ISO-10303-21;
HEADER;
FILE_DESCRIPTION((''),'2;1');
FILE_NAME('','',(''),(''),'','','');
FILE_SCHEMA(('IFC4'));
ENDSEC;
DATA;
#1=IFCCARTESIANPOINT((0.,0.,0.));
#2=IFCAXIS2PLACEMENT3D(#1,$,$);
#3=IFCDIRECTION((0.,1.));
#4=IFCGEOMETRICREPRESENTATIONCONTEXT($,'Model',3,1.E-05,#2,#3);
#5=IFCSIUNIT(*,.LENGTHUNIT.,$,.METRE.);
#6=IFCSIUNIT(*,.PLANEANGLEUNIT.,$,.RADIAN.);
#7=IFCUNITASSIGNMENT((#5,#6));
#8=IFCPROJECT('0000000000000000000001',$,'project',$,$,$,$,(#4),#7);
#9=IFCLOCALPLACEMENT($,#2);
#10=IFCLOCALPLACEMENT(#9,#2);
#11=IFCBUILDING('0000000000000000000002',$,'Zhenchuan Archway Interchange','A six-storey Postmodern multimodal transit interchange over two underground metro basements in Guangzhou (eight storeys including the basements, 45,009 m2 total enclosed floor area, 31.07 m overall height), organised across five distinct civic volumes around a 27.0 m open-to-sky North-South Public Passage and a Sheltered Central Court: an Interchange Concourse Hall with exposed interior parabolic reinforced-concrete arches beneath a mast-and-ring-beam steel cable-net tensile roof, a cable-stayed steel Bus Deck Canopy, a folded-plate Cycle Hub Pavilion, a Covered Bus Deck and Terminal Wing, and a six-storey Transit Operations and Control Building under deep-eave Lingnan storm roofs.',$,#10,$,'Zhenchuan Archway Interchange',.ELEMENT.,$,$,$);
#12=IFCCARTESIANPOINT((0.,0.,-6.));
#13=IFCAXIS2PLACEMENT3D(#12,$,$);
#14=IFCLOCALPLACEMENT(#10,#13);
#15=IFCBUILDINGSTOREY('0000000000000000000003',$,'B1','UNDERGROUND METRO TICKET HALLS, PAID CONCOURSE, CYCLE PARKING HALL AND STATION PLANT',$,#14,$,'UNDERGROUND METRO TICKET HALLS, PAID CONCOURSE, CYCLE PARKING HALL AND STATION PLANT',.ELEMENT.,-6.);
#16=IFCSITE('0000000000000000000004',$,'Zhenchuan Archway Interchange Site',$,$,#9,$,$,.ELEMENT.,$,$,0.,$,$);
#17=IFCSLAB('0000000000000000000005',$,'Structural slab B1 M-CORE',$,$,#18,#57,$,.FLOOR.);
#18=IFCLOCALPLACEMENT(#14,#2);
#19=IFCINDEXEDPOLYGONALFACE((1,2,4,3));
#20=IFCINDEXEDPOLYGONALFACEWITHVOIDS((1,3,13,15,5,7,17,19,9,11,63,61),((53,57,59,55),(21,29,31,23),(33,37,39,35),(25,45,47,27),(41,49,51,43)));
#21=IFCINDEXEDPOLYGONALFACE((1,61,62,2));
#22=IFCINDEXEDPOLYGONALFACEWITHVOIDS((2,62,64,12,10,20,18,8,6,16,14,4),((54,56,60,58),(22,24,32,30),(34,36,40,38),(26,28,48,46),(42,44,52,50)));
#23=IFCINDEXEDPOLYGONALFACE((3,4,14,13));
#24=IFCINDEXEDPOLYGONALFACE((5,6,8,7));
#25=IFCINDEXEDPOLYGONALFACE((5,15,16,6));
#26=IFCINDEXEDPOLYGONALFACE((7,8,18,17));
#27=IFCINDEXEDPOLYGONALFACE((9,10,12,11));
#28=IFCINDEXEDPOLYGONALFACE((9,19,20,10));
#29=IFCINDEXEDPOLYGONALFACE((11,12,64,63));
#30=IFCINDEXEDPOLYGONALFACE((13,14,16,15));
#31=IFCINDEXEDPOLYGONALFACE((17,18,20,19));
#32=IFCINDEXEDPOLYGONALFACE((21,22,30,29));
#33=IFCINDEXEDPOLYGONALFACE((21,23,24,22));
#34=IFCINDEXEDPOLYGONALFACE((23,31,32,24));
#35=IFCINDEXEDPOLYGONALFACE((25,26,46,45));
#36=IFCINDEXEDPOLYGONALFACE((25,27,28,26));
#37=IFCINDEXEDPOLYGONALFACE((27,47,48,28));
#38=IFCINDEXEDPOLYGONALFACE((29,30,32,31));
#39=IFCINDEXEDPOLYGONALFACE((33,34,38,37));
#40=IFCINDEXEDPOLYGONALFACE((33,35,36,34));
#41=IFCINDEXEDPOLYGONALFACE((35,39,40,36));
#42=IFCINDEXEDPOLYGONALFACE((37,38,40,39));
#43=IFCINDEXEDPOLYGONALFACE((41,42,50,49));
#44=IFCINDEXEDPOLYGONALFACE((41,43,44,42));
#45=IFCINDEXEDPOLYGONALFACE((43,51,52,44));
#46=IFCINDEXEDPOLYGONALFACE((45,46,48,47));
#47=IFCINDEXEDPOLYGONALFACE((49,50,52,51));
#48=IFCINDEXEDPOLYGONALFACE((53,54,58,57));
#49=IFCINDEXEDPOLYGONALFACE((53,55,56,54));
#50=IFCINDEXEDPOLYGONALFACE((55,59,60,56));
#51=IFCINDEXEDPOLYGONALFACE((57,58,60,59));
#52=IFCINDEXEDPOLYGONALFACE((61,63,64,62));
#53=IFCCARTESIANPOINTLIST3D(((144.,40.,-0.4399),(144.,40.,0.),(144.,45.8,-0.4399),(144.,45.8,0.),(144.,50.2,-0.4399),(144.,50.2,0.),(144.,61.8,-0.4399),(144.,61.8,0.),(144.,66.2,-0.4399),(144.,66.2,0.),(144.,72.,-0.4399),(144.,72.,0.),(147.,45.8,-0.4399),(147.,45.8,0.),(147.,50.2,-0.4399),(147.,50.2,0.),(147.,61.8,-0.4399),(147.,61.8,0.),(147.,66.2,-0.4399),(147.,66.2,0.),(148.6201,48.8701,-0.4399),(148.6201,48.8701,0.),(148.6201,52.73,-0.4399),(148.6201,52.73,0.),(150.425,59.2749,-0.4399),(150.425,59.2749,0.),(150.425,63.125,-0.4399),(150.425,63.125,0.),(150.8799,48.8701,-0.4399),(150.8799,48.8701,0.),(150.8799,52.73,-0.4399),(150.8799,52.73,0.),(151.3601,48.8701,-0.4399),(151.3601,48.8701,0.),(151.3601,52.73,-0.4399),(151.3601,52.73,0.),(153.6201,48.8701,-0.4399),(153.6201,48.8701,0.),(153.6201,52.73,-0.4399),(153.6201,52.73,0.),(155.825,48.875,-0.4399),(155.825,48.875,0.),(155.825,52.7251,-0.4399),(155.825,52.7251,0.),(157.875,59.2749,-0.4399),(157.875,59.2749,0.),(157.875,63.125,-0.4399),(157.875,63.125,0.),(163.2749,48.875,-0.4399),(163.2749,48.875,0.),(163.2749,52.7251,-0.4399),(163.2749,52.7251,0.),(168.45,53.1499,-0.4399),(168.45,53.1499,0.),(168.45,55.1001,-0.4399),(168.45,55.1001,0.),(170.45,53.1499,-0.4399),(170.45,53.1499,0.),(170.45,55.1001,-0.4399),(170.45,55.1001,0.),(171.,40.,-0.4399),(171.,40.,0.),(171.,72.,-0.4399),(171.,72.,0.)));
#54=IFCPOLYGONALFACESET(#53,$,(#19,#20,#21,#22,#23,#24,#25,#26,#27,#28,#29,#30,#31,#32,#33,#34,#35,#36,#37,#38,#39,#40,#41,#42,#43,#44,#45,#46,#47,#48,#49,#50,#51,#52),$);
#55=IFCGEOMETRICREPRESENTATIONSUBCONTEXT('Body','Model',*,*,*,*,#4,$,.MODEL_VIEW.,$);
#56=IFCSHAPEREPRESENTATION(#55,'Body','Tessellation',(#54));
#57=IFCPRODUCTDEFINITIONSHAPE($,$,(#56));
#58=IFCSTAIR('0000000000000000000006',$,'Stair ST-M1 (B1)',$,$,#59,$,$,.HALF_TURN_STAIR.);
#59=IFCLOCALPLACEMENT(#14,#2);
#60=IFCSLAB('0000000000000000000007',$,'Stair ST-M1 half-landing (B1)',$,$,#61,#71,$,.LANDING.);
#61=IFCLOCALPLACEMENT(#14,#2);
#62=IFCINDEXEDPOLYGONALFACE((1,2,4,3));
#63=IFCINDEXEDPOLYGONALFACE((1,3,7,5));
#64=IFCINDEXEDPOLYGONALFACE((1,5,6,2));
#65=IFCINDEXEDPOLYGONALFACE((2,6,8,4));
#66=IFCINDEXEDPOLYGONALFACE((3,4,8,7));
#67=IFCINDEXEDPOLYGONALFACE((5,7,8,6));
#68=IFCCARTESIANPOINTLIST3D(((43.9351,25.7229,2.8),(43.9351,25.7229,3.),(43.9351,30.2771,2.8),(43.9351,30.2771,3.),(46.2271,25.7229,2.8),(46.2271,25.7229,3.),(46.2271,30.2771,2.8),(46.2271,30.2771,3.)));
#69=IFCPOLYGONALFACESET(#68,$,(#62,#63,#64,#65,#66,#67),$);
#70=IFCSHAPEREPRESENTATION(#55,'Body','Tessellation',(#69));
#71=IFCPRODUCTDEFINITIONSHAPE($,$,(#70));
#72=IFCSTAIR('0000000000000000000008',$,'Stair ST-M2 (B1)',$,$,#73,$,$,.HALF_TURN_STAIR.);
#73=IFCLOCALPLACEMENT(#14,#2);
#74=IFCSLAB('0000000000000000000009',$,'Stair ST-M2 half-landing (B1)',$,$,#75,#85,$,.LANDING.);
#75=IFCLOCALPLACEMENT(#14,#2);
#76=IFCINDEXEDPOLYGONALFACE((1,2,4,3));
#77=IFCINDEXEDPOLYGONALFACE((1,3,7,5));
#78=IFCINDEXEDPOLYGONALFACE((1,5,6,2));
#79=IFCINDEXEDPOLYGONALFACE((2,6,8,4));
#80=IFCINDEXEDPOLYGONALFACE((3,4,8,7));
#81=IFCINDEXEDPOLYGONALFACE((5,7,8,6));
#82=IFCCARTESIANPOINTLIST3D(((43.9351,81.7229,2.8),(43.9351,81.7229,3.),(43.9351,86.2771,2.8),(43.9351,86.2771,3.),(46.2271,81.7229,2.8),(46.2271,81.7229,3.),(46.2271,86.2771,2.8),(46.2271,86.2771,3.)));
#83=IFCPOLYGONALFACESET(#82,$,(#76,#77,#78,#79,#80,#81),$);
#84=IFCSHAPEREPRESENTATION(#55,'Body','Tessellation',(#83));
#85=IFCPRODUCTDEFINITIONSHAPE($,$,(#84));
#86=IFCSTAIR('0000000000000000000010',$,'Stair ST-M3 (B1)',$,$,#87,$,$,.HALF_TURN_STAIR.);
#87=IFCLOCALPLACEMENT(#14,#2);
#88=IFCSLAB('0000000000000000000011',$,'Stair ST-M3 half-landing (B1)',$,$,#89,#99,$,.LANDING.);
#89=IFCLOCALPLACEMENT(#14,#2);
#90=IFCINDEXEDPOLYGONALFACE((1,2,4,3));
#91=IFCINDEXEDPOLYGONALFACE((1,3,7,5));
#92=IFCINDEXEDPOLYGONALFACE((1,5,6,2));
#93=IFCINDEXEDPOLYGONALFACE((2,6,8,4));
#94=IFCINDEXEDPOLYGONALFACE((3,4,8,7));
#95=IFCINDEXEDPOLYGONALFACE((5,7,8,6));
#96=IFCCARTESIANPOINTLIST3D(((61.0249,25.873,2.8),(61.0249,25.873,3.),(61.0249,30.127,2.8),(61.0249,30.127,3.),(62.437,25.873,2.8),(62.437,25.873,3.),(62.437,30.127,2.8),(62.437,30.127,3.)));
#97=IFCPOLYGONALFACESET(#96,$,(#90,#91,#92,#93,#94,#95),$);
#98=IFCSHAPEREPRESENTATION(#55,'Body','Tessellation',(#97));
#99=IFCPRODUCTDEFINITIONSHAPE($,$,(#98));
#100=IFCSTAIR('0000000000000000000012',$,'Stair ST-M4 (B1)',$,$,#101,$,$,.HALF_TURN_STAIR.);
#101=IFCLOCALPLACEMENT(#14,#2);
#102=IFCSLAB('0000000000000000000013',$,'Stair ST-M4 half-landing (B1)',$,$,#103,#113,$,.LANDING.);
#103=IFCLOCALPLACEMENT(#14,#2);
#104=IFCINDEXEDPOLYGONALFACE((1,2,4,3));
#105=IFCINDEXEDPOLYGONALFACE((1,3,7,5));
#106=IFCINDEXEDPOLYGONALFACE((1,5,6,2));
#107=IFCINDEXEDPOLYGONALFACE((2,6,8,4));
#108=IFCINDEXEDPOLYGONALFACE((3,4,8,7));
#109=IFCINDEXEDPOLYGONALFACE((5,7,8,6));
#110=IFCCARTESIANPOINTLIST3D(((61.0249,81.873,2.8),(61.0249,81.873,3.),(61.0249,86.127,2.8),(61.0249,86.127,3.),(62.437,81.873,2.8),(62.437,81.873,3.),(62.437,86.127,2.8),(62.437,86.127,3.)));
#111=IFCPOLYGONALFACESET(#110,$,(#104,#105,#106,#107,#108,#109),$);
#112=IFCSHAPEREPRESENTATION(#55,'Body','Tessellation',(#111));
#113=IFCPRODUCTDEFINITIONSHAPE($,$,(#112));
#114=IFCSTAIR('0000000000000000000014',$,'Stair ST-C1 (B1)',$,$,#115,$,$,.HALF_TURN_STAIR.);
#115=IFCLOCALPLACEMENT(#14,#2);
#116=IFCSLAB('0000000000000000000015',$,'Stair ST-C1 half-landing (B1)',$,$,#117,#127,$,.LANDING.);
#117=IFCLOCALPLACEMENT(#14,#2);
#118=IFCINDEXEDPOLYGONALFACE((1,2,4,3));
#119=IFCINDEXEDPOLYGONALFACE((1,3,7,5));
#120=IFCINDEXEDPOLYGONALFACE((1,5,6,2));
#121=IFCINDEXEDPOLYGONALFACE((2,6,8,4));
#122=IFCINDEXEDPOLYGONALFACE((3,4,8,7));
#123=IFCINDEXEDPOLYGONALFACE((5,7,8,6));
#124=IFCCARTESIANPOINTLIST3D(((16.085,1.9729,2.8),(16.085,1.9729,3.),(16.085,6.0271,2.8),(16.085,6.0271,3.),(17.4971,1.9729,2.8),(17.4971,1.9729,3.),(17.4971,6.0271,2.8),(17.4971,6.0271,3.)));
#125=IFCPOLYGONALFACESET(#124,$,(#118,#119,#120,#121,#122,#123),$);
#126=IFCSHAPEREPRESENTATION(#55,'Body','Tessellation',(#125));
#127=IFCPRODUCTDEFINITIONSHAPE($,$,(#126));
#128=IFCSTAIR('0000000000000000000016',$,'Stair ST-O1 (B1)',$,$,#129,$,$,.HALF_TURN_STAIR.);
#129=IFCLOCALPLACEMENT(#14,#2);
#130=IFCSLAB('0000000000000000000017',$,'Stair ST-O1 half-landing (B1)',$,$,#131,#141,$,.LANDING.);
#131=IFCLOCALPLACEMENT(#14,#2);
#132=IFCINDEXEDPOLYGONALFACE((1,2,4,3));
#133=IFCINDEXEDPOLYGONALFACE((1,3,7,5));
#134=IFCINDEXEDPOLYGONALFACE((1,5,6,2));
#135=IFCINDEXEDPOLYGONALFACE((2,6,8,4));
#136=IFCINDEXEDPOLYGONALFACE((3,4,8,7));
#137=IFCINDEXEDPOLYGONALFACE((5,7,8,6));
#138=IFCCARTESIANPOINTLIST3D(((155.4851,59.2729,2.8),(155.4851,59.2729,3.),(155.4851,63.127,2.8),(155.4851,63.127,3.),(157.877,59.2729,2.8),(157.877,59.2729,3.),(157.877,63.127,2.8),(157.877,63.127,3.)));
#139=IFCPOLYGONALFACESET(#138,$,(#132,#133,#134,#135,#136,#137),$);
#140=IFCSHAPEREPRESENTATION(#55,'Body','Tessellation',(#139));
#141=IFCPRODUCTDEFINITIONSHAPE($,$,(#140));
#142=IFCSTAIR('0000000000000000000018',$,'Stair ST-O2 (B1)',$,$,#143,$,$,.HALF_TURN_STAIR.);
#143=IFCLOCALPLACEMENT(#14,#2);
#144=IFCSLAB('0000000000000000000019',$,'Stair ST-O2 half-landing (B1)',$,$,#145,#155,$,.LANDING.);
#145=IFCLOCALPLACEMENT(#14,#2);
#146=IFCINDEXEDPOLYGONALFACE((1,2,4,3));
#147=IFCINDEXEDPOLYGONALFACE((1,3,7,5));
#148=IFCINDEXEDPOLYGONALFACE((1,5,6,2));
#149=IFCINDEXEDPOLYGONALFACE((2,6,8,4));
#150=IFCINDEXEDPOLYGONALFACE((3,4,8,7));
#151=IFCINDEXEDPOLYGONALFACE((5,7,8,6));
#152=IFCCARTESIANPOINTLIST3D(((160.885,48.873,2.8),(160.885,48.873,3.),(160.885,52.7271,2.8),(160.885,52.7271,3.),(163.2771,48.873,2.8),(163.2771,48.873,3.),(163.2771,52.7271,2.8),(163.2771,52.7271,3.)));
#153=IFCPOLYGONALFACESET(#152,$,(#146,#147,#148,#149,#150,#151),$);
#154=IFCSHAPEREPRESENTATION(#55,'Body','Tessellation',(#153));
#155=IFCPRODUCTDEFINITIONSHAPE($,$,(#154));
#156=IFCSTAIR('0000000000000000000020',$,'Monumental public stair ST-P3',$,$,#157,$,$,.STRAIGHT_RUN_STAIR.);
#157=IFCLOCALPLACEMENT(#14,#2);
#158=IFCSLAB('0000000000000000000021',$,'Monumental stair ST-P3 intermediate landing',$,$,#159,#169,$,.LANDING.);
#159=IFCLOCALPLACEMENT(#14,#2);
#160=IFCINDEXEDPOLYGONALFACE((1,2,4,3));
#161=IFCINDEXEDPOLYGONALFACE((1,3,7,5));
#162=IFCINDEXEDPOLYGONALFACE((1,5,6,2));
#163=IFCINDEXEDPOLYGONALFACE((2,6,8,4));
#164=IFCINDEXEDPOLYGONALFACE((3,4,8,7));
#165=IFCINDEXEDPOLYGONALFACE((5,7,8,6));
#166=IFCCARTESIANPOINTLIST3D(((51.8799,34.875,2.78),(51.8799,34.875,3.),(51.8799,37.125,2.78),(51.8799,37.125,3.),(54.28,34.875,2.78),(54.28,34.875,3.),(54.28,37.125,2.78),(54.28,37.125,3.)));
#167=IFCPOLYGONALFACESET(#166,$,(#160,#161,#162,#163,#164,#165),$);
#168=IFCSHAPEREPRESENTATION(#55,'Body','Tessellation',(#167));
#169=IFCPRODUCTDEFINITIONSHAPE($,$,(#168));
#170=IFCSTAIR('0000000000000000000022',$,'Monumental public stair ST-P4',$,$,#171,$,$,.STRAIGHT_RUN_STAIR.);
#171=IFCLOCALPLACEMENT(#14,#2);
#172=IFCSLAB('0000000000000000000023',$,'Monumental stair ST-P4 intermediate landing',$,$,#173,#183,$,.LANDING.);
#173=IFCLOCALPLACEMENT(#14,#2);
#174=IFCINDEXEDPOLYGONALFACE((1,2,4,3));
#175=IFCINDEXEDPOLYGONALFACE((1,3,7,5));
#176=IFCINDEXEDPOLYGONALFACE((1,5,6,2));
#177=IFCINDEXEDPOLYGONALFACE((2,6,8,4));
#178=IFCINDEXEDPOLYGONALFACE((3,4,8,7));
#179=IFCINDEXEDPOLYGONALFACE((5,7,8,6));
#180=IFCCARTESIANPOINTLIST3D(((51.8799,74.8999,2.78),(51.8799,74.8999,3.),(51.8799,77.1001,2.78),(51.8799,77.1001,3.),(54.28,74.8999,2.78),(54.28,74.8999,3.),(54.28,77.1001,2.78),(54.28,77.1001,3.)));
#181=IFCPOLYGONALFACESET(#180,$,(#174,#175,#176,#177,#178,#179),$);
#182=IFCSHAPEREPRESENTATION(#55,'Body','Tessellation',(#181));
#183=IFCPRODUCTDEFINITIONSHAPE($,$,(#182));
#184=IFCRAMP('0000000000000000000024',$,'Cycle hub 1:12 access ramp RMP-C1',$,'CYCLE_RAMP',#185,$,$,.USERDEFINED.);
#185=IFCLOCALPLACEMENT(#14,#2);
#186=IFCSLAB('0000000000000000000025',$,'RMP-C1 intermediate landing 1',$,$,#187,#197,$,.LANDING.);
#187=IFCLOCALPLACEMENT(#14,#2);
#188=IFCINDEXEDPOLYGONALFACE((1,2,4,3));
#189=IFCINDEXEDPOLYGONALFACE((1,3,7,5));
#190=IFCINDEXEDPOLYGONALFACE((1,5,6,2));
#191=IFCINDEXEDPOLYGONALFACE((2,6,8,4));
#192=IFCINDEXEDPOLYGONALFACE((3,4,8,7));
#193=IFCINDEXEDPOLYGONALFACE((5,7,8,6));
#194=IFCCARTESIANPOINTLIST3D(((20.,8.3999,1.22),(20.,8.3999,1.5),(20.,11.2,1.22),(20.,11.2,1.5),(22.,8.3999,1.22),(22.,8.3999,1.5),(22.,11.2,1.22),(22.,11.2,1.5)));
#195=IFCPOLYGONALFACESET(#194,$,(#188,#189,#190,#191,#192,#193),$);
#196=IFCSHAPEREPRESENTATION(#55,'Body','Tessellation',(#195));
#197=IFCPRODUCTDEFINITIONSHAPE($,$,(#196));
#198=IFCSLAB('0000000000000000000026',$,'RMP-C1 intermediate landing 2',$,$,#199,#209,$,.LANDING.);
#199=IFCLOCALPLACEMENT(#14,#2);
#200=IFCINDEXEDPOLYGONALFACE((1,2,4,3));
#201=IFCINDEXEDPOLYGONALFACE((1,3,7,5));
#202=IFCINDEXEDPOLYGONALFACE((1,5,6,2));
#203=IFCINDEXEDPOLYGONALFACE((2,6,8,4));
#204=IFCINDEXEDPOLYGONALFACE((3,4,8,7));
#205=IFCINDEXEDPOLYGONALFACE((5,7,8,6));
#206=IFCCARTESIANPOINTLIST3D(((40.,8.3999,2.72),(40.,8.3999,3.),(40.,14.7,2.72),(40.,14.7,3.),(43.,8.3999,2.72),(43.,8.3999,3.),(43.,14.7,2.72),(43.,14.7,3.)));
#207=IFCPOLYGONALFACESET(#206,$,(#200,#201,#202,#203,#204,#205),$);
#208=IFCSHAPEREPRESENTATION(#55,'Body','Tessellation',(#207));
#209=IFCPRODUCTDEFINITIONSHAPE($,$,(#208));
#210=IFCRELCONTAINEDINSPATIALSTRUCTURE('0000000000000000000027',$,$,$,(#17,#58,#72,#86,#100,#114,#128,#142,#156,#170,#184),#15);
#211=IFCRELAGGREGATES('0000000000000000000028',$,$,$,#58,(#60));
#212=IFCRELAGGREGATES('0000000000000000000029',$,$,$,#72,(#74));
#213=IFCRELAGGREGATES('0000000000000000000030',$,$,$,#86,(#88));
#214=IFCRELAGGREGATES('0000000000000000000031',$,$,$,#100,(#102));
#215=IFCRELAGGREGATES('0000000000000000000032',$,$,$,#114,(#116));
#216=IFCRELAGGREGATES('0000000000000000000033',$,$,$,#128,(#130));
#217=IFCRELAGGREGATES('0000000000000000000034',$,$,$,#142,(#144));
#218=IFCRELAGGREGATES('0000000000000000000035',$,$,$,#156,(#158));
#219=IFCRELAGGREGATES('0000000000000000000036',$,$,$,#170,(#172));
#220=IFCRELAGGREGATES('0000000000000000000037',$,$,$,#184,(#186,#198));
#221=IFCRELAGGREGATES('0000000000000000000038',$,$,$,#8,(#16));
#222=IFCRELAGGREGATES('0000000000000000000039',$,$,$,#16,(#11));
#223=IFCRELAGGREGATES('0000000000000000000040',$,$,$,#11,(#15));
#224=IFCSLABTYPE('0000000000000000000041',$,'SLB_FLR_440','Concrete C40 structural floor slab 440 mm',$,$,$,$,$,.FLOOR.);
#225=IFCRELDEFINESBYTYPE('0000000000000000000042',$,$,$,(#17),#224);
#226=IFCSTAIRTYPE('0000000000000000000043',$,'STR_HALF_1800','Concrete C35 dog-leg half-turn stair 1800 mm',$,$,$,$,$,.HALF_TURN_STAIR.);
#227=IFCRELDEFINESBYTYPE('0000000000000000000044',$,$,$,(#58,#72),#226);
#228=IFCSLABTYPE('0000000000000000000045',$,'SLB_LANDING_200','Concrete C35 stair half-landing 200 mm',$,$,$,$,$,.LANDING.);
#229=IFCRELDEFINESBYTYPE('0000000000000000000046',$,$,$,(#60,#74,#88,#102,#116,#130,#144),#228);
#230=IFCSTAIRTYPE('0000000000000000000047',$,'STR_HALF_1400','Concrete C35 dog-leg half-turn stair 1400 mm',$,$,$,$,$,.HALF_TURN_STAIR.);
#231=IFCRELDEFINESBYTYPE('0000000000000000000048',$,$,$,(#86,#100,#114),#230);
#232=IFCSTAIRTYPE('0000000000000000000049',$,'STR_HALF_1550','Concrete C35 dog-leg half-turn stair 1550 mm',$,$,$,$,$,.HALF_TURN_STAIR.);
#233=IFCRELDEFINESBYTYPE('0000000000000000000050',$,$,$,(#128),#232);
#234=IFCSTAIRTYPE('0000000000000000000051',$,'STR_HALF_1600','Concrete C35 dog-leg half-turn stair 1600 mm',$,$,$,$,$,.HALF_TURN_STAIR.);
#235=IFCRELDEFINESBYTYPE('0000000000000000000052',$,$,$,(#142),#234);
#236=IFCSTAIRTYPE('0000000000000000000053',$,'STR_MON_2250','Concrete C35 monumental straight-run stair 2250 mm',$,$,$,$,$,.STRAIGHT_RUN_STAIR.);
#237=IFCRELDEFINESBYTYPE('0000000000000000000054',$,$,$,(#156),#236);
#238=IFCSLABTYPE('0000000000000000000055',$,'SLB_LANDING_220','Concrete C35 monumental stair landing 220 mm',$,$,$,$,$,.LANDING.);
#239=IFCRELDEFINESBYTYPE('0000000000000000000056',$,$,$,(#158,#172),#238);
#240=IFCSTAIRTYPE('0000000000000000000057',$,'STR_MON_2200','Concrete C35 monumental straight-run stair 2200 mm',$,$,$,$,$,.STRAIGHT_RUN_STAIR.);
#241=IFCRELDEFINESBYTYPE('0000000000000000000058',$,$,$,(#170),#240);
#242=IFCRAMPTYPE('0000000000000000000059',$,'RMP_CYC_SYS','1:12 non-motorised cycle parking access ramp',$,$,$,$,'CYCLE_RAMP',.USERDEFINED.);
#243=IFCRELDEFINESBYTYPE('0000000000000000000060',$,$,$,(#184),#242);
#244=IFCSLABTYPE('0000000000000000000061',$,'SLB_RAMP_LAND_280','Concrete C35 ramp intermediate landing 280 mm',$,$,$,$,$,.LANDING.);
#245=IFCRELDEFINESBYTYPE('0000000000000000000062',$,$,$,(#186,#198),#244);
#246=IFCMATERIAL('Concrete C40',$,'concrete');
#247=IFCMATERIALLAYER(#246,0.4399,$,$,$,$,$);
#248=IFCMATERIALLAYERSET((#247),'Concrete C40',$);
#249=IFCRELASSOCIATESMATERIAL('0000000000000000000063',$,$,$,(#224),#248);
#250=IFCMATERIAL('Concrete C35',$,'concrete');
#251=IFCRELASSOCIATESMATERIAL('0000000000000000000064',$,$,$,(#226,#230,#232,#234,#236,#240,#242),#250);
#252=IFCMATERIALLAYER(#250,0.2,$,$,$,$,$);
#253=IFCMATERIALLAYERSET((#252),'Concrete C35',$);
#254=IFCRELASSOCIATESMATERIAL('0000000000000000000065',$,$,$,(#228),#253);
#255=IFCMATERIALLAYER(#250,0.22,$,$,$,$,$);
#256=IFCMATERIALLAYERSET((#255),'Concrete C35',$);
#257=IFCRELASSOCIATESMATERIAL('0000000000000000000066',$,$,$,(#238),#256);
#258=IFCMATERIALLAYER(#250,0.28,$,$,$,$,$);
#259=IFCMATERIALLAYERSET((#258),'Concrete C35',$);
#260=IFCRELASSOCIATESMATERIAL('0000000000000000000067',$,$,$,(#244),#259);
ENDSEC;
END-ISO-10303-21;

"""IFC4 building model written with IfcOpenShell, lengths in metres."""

from ifc_helpers import new_model, si_unit, direction, frame, origin, place, context, subcontext, project, spatial, polyline, outline, extrude, material, layer, layer_set, type_object, element, aggregate, save


model = new_model("IFC4")

# Units and contexts
model_context = context("Model", 3, precision=1e-05, world=origin(), true_north=direction((0.0, 1.0)))
body_context = subcontext(model_context, "Body", "Model", "MODEL_VIEW")
ifc_project = project(units=[si_unit("LENGTHUNIT", "METRE"), si_unit("PLANEANGLEUNIT", "RADIAN")], contexts=[model_context])

# Site, building, storey
site_placement = place(None, origin())
site = spatial("IfcSite", under=ifc_project, at=site_placement, Name="Zhenchuan Archway Interchange Site", CompositionType="ELEMENT", RefElevation=0.0)
building_placement = place(site_placement, origin())
building = spatial("IfcBuilding", under=site, at=building_placement, Name="Zhenchuan Archway Interchange", Description="A six-storey Postmodern multimodal transit interchange over two underground metro basements in Guangzhou (eight storeys including the basements, 45,009 m2 total enclosed floor area, 31.07 m overall height), organised across five distinct civic volumes around a 27.0 m open-to-sky North-South Public Passage and a Sheltered Central Court: an Interchange Concourse Hall with exposed interior parabolic reinforced-concrete arches beneath a mast-and-ring-beam steel cable-net tensile roof, a cable-stayed steel Bus Deck Canopy, a folded-plate Cycle Hub Pavilion, a Covered Bus Deck and Terminal Wing, and a six-storey Transit Operations and Control Building under deep-eave Lingnan storm roofs.", LongName="Zhenchuan Archway Interchange", CompositionType="ELEMENT")
storey_placement = place(building_placement, frame((0.0, 0.0, -6.0)))
storey = spatial("IfcBuildingStorey", under=building, at=storey_placement, Name="B1", Description="UNDERGROUND METRO TICKET HALLS, PAID CONCOURSE, CYCLE PARKING HALL AND STATION PLANT", LongName="UNDERGROUND METRO TICKET HALLS, PAID CONCOURSE, CYCLE PARKING HALL AND STATION PLANT", CompositionType="ELEMENT", Elevation=-6.0)

# Shared definitions
ifc_material_1 = material(Name="Concrete C40", Category="concrete")

# Shared definitions
ifc_material_2 = material(Name="Concrete C35", Category="concrete")

# Slab
ifc_layer_1 = layer(ifc_material_1, 0.4399)
ifc_layer_set_1 = layer_set([ifc_layer_1], Name="Concrete C40")
slab_type_1 = type_object("IfcSlabType", Name="SLB_FLR_440", Description="Concrete C40 structural floor slab 440 mm", PredefinedType="FLOOR", material=ifc_layer_set_1)
slab_1_placement = place(storey_placement, frame((0.0, 0.0, -0.4399)))
element("IfcSlab", 1, at=slab_1_placement, inside=storey, type_object=slab_type_1, Name="Structural slab B1 M-CORE", PredefinedType="FLOOR", context=body_context, shape_type="SweptSolid", body=[
    extrude(outline(polyline([(147.0, 50.2), (144.0, 50.2), (144.0, 61.8), (147.0, 61.8), (147.0, 66.2), (144.0, 66.2), (144.0, 72.0), (171.0, 72.0), (171.0, 40.0), (144.0, 40.0), (144.0, 45.8), (147.0, 45.8), (147.0, 50.2)]), holes=[polyline([(157.875, 59.2749), (157.875, 63.125), (150.425, 63.125), (150.425, 59.2749), (157.875, 59.2749)]), polyline([(155.825, 48.875), (163.2749, 48.875), (163.2749, 52.7251), (155.825, 52.7251), (155.825, 48.875)]), polyline([(148.6201, 52.73), (148.6201, 48.8701), (150.8799, 48.8701), (150.8799, 52.73), (148.6201, 52.73)]), polyline([(153.6201, 52.73), (151.3601, 52.73), (151.3601, 48.8701), (153.6201, 48.8701), (153.6201, 52.73)]), polyline([(170.45, 53.1499), (170.45, 55.1001), (168.45, 55.1001), (168.45, 53.1499), (170.45, 53.1499)])]), origin(), (0.0, 0.0, 1.0), 0.4399),
])

# Stairs, slabs
stair_type_1 = type_object("IfcStairType", Name="STR_HALF_1800", Description="Concrete C35 dog-leg half-turn stair 1800 mm", PredefinedType="HALF_TURN_STAIR", material=ifc_material_2)
stair_1_placement = place(storey_placement, origin())
stair_1 = element("IfcStair", 2, at=stair_1_placement, inside=storey, type_object=stair_type_1, Name="Stair ST-M1 (B1)", PredefinedType="HALF_TURN_STAIR")
ifc_layer_2 = layer(ifc_material_2, 0.2)
ifc_layer_set_2 = layer_set([ifc_layer_2], Name="Concrete C35")
slab_type_2 = type_object("IfcSlabType", Name="SLB_LANDING_200", Description="Concrete C35 stair half-landing 200 mm", PredefinedType="LANDING", material=ifc_layer_set_2)
slab_2_placement = place(storey_placement, frame((0.0, 0.0, 2.8)))
slab_2 = element("IfcSlab", 3, at=slab_2_placement, type_object=slab_type_2, Name="Stair ST-M1 half-landing (B1)", PredefinedType="LANDING", context=body_context, shape_type="SweptSolid", body=[
    extrude(outline(polyline([(43.9351, 25.7229), (46.2271, 25.7229), (46.2271, 30.2771), (43.9351, 30.2771), (43.9351, 25.7229)])), origin(), (0.0, 0.0, 1.0), 0.2),
])
aggregate(stair_1, [slab_2])
stair_2_placement = place(storey_placement, origin())
stair_2 = element("IfcStair", 4, at=stair_2_placement, inside=storey, type_object=stair_type_1, Name="Stair ST-M2 (B1)", PredefinedType="HALF_TURN_STAIR")
slab_3_placement = place(storey_placement, frame((0.0, 0.0, 2.8)))
slab_3 = element("IfcSlab", 5, at=slab_3_placement, type_object=slab_type_2, Name="Stair ST-M2 half-landing (B1)", PredefinedType="LANDING", context=body_context, shape_type="SweptSolid", body=[
    extrude(outline(polyline([(43.9351, 81.7229), (46.2271, 81.7229), (46.2271, 86.2771), (43.9351, 86.2771), (43.9351, 81.7229)])), origin(), (0.0, 0.0, 1.0), 0.2),
])
aggregate(stair_2, [slab_3])
stair_type_2 = type_object("IfcStairType", Name="STR_HALF_1400", Description="Concrete C35 dog-leg half-turn stair 1400 mm", PredefinedType="HALF_TURN_STAIR", material=ifc_material_2)
stair_3_placement = place(storey_placement, origin())
stair_3 = element("IfcStair", 6, at=stair_3_placement, inside=storey, type_object=stair_type_2, Name="Stair ST-M3 (B1)", PredefinedType="HALF_TURN_STAIR")
slab_4_placement = place(storey_placement, frame((0.0, 0.0, 2.8)))
slab_4 = element("IfcSlab", 7, at=slab_4_placement, type_object=slab_type_2, Name="Stair ST-M3 half-landing (B1)", PredefinedType="LANDING", context=body_context, shape_type="SweptSolid", body=[
    extrude(outline(polyline([(61.0249, 25.873), (62.437, 25.873), (62.437, 30.127), (61.0249, 30.127), (61.0249, 25.873)])), origin(), (0.0, 0.0, 1.0), 0.2),
])
aggregate(stair_3, [slab_4])
stair_4_placement = place(storey_placement, origin())
stair_4 = element("IfcStair", 8, at=stair_4_placement, inside=storey, type_object=stair_type_2, Name="Stair ST-M4 (B1)", PredefinedType="HALF_TURN_STAIR")
slab_5_placement = place(storey_placement, frame((0.0, 0.0, 2.8)))
slab_5 = element("IfcSlab", 9, at=slab_5_placement, type_object=slab_type_2, Name="Stair ST-M4 half-landing (B1)", PredefinedType="LANDING", context=body_context, shape_type="SweptSolid", body=[
    extrude(outline(polyline([(61.0249, 81.873), (62.437, 81.873), (62.437, 86.127), (61.0249, 86.127), (61.0249, 81.873)])), origin(), (0.0, 0.0, 1.0), 0.2),
])
aggregate(stair_4, [slab_5])
stair_5_placement = place(storey_placement, origin())
stair_5 = element("IfcStair", 10, at=stair_5_placement, inside=storey, type_object=stair_type_2, Name="Stair ST-C1 (B1)", PredefinedType="HALF_TURN_STAIR")
slab_6_placement = place(storey_placement, frame((0.0, 0.0, 2.8)))
slab_6 = element("IfcSlab", 11, at=slab_6_placement, type_object=slab_type_2, Name="Stair ST-C1 half-landing (B1)", PredefinedType="LANDING", context=body_context, shape_type="SweptSolid", body=[
    extrude(outline(polyline([(16.085, 1.9729), (17.4971, 1.9729), (17.4971, 6.0271), (16.085, 6.0271), (16.085, 1.9729)])), origin(), (0.0, 0.0, 1.0), 0.2),
])
aggregate(stair_5, [slab_6])
stair_type_3 = type_object("IfcStairType", Name="STR_HALF_1550", Description="Concrete C35 dog-leg half-turn stair 1550 mm", PredefinedType="HALF_TURN_STAIR", material=ifc_material_2)
stair_6_placement = place(storey_placement, origin())
stair_6 = element("IfcStair", 12, at=stair_6_placement, inside=storey, type_object=stair_type_3, Name="Stair ST-O1 (B1)", PredefinedType="HALF_TURN_STAIR")
slab_7_placement = place(storey_placement, frame((0.0, 0.0, 2.8)))
slab_7 = element("IfcSlab", 13, at=slab_7_placement, type_object=slab_type_2, Name="Stair ST-O1 half-landing (B1)", PredefinedType="LANDING", context=body_context, shape_type="SweptSolid", body=[
    extrude(outline(polyline([(155.4851, 59.2729), (157.877, 59.2729), (157.877, 63.127), (155.4851, 63.127), (155.4851, 59.2729)])), origin(), (0.0, 0.0, 1.0), 0.2),
])
aggregate(stair_6, [slab_7])
stair_type_4 = type_object("IfcStairType", Name="STR_HALF_1600", Description="Concrete C35 dog-leg half-turn stair 1600 mm", PredefinedType="HALF_TURN_STAIR", material=ifc_material_2)
stair_7_placement = place(storey_placement, origin())
stair_7 = element("IfcStair", 14, at=stair_7_placement, inside=storey, type_object=stair_type_4, Name="Stair ST-O2 (B1)", PredefinedType="HALF_TURN_STAIR")
slab_8_placement = place(storey_placement, frame((0.0, 0.0, 2.8)))
slab_8 = element("IfcSlab", 15, at=slab_8_placement, type_object=slab_type_2, Name="Stair ST-O2 half-landing (B1)", PredefinedType="LANDING", context=body_context, shape_type="SweptSolid", body=[
    extrude(outline(polyline([(160.885, 48.873), (163.2771, 48.873), (163.2771, 52.7271), (160.885, 52.7271), (160.885, 48.873)])), origin(), (0.0, 0.0, 1.0), 0.2),
])
aggregate(stair_7, [slab_8])
stair_type_5 = type_object("IfcStairType", Name="STR_MON_2250", Description="Concrete C35 monumental straight-run stair 2250 mm", PredefinedType="STRAIGHT_RUN_STAIR", material=ifc_material_2)
stair_8_placement = place(storey_placement, origin())
stair_8 = element("IfcStair", 16, at=stair_8_placement, inside=storey, type_object=stair_type_5, Name="Monumental public stair ST-P3", PredefinedType="STRAIGHT_RUN_STAIR")
ifc_layer_3 = layer(ifc_material_2, 0.22)
ifc_layer_set_3 = layer_set([ifc_layer_3], Name="Concrete C35")
slab_type_3 = type_object("IfcSlabType", Name="SLB_LANDING_220", Description="Concrete C35 monumental stair landing 220 mm", PredefinedType="LANDING", material=ifc_layer_set_3)
slab_9_placement = place(storey_placement, frame((0.0, 0.0, 2.78)))
slab_9 = element("IfcSlab", 17, at=slab_9_placement, type_object=slab_type_3, Name="Monumental stair ST-P3 intermediate landing", PredefinedType="LANDING", context=body_context, shape_type="SweptSolid", body=[
    extrude(outline(polyline([(51.8799, 34.875), (54.28, 34.875), (54.28, 37.125), (51.8799, 37.125), (51.8799, 34.875)])), origin(), (0.0, 0.0, 1.0), 0.22),
])
aggregate(stair_8, [slab_9])
stair_type_6 = type_object("IfcStairType", Name="STR_MON_2200", Description="Concrete C35 monumental straight-run stair 2200 mm", PredefinedType="STRAIGHT_RUN_STAIR", material=ifc_material_2)
stair_9_placement = place(storey_placement, origin())
stair_9 = element("IfcStair", 18, at=stair_9_placement, inside=storey, type_object=stair_type_6, Name="Monumental public stair ST-P4", PredefinedType="STRAIGHT_RUN_STAIR")
slab_10_placement = place(storey_placement, frame((0.0, 0.0, 2.78)))
slab_10 = element("IfcSlab", 19, at=slab_10_placement, type_object=slab_type_3, Name="Monumental stair ST-P4 intermediate landing", PredefinedType="LANDING", context=body_context, shape_type="SweptSolid", body=[
    extrude(outline(polyline([(51.8799, 74.8999), (54.28, 74.8999), (54.28, 77.1001), (51.8799, 77.1001), (51.8799, 74.8999)])), origin(), (0.0, 0.0, 1.0), 0.22),
])
aggregate(stair_9, [slab_10])

# Ramp, slabs
ramp_type = type_object("IfcRampType", Name="RMP_CYC_SYS", Description="1:12 non-motorised cycle parking access ramp", ElementType="CYCLE_RAMP", PredefinedType="USERDEFINED", material=ifc_material_2)
ramp_placement = place(storey_placement, origin())
ramp = element("IfcRamp", 20, at=ramp_placement, inside=storey, type_object=ramp_type, Name="Cycle hub 1:12 access ramp RMP-C1", ObjectType="CYCLE_RAMP", PredefinedType="USERDEFINED")
ifc_layer_4 = layer(ifc_material_2, 0.28)
ifc_layer_set_4 = layer_set([ifc_layer_4], Name="Concrete C35")
slab_type_4 = type_object("IfcSlabType", Name="SLB_RAMP_LAND_280", Description="Concrete C35 ramp intermediate landing 280 mm", PredefinedType="LANDING", material=ifc_layer_set_4)
slab_11_placement = place(storey_placement, frame((0.0, 0.0, 1.22)))
slab_11 = element("IfcSlab", 21, at=slab_11_placement, type_object=slab_type_4, Name="RMP-C1 intermediate landing 1", PredefinedType="LANDING", context=body_context, shape_type="SweptSolid", body=[
    extrude(outline(polyline([(20.0, 8.3999), (22.0, 8.3999), (22.0, 11.2), (20.0, 11.2), (20.0, 8.3999)])), origin(), (0.0, 0.0, 1.0), 0.28),
])
slab_12_placement = place(storey_placement, frame((0.0, 0.0, 2.72)))
slab_12 = element("IfcSlab", 22, at=slab_12_placement, type_object=slab_type_4, Name="RMP-C1 intermediate landing 2", PredefinedType="LANDING", context=body_context, shape_type="SweptSolid", body=[
    extrude(outline(polyline([(40.0, 8.3999), (43.0, 8.3999), (43.0, 14.7), (40.0, 14.7), (40.0, 8.3999)])), origin(), (0.0, 0.0, 1.0), 0.28),
])
aggregate(ramp, [slab_11, slab_12])

save(model, "model.ifc")
